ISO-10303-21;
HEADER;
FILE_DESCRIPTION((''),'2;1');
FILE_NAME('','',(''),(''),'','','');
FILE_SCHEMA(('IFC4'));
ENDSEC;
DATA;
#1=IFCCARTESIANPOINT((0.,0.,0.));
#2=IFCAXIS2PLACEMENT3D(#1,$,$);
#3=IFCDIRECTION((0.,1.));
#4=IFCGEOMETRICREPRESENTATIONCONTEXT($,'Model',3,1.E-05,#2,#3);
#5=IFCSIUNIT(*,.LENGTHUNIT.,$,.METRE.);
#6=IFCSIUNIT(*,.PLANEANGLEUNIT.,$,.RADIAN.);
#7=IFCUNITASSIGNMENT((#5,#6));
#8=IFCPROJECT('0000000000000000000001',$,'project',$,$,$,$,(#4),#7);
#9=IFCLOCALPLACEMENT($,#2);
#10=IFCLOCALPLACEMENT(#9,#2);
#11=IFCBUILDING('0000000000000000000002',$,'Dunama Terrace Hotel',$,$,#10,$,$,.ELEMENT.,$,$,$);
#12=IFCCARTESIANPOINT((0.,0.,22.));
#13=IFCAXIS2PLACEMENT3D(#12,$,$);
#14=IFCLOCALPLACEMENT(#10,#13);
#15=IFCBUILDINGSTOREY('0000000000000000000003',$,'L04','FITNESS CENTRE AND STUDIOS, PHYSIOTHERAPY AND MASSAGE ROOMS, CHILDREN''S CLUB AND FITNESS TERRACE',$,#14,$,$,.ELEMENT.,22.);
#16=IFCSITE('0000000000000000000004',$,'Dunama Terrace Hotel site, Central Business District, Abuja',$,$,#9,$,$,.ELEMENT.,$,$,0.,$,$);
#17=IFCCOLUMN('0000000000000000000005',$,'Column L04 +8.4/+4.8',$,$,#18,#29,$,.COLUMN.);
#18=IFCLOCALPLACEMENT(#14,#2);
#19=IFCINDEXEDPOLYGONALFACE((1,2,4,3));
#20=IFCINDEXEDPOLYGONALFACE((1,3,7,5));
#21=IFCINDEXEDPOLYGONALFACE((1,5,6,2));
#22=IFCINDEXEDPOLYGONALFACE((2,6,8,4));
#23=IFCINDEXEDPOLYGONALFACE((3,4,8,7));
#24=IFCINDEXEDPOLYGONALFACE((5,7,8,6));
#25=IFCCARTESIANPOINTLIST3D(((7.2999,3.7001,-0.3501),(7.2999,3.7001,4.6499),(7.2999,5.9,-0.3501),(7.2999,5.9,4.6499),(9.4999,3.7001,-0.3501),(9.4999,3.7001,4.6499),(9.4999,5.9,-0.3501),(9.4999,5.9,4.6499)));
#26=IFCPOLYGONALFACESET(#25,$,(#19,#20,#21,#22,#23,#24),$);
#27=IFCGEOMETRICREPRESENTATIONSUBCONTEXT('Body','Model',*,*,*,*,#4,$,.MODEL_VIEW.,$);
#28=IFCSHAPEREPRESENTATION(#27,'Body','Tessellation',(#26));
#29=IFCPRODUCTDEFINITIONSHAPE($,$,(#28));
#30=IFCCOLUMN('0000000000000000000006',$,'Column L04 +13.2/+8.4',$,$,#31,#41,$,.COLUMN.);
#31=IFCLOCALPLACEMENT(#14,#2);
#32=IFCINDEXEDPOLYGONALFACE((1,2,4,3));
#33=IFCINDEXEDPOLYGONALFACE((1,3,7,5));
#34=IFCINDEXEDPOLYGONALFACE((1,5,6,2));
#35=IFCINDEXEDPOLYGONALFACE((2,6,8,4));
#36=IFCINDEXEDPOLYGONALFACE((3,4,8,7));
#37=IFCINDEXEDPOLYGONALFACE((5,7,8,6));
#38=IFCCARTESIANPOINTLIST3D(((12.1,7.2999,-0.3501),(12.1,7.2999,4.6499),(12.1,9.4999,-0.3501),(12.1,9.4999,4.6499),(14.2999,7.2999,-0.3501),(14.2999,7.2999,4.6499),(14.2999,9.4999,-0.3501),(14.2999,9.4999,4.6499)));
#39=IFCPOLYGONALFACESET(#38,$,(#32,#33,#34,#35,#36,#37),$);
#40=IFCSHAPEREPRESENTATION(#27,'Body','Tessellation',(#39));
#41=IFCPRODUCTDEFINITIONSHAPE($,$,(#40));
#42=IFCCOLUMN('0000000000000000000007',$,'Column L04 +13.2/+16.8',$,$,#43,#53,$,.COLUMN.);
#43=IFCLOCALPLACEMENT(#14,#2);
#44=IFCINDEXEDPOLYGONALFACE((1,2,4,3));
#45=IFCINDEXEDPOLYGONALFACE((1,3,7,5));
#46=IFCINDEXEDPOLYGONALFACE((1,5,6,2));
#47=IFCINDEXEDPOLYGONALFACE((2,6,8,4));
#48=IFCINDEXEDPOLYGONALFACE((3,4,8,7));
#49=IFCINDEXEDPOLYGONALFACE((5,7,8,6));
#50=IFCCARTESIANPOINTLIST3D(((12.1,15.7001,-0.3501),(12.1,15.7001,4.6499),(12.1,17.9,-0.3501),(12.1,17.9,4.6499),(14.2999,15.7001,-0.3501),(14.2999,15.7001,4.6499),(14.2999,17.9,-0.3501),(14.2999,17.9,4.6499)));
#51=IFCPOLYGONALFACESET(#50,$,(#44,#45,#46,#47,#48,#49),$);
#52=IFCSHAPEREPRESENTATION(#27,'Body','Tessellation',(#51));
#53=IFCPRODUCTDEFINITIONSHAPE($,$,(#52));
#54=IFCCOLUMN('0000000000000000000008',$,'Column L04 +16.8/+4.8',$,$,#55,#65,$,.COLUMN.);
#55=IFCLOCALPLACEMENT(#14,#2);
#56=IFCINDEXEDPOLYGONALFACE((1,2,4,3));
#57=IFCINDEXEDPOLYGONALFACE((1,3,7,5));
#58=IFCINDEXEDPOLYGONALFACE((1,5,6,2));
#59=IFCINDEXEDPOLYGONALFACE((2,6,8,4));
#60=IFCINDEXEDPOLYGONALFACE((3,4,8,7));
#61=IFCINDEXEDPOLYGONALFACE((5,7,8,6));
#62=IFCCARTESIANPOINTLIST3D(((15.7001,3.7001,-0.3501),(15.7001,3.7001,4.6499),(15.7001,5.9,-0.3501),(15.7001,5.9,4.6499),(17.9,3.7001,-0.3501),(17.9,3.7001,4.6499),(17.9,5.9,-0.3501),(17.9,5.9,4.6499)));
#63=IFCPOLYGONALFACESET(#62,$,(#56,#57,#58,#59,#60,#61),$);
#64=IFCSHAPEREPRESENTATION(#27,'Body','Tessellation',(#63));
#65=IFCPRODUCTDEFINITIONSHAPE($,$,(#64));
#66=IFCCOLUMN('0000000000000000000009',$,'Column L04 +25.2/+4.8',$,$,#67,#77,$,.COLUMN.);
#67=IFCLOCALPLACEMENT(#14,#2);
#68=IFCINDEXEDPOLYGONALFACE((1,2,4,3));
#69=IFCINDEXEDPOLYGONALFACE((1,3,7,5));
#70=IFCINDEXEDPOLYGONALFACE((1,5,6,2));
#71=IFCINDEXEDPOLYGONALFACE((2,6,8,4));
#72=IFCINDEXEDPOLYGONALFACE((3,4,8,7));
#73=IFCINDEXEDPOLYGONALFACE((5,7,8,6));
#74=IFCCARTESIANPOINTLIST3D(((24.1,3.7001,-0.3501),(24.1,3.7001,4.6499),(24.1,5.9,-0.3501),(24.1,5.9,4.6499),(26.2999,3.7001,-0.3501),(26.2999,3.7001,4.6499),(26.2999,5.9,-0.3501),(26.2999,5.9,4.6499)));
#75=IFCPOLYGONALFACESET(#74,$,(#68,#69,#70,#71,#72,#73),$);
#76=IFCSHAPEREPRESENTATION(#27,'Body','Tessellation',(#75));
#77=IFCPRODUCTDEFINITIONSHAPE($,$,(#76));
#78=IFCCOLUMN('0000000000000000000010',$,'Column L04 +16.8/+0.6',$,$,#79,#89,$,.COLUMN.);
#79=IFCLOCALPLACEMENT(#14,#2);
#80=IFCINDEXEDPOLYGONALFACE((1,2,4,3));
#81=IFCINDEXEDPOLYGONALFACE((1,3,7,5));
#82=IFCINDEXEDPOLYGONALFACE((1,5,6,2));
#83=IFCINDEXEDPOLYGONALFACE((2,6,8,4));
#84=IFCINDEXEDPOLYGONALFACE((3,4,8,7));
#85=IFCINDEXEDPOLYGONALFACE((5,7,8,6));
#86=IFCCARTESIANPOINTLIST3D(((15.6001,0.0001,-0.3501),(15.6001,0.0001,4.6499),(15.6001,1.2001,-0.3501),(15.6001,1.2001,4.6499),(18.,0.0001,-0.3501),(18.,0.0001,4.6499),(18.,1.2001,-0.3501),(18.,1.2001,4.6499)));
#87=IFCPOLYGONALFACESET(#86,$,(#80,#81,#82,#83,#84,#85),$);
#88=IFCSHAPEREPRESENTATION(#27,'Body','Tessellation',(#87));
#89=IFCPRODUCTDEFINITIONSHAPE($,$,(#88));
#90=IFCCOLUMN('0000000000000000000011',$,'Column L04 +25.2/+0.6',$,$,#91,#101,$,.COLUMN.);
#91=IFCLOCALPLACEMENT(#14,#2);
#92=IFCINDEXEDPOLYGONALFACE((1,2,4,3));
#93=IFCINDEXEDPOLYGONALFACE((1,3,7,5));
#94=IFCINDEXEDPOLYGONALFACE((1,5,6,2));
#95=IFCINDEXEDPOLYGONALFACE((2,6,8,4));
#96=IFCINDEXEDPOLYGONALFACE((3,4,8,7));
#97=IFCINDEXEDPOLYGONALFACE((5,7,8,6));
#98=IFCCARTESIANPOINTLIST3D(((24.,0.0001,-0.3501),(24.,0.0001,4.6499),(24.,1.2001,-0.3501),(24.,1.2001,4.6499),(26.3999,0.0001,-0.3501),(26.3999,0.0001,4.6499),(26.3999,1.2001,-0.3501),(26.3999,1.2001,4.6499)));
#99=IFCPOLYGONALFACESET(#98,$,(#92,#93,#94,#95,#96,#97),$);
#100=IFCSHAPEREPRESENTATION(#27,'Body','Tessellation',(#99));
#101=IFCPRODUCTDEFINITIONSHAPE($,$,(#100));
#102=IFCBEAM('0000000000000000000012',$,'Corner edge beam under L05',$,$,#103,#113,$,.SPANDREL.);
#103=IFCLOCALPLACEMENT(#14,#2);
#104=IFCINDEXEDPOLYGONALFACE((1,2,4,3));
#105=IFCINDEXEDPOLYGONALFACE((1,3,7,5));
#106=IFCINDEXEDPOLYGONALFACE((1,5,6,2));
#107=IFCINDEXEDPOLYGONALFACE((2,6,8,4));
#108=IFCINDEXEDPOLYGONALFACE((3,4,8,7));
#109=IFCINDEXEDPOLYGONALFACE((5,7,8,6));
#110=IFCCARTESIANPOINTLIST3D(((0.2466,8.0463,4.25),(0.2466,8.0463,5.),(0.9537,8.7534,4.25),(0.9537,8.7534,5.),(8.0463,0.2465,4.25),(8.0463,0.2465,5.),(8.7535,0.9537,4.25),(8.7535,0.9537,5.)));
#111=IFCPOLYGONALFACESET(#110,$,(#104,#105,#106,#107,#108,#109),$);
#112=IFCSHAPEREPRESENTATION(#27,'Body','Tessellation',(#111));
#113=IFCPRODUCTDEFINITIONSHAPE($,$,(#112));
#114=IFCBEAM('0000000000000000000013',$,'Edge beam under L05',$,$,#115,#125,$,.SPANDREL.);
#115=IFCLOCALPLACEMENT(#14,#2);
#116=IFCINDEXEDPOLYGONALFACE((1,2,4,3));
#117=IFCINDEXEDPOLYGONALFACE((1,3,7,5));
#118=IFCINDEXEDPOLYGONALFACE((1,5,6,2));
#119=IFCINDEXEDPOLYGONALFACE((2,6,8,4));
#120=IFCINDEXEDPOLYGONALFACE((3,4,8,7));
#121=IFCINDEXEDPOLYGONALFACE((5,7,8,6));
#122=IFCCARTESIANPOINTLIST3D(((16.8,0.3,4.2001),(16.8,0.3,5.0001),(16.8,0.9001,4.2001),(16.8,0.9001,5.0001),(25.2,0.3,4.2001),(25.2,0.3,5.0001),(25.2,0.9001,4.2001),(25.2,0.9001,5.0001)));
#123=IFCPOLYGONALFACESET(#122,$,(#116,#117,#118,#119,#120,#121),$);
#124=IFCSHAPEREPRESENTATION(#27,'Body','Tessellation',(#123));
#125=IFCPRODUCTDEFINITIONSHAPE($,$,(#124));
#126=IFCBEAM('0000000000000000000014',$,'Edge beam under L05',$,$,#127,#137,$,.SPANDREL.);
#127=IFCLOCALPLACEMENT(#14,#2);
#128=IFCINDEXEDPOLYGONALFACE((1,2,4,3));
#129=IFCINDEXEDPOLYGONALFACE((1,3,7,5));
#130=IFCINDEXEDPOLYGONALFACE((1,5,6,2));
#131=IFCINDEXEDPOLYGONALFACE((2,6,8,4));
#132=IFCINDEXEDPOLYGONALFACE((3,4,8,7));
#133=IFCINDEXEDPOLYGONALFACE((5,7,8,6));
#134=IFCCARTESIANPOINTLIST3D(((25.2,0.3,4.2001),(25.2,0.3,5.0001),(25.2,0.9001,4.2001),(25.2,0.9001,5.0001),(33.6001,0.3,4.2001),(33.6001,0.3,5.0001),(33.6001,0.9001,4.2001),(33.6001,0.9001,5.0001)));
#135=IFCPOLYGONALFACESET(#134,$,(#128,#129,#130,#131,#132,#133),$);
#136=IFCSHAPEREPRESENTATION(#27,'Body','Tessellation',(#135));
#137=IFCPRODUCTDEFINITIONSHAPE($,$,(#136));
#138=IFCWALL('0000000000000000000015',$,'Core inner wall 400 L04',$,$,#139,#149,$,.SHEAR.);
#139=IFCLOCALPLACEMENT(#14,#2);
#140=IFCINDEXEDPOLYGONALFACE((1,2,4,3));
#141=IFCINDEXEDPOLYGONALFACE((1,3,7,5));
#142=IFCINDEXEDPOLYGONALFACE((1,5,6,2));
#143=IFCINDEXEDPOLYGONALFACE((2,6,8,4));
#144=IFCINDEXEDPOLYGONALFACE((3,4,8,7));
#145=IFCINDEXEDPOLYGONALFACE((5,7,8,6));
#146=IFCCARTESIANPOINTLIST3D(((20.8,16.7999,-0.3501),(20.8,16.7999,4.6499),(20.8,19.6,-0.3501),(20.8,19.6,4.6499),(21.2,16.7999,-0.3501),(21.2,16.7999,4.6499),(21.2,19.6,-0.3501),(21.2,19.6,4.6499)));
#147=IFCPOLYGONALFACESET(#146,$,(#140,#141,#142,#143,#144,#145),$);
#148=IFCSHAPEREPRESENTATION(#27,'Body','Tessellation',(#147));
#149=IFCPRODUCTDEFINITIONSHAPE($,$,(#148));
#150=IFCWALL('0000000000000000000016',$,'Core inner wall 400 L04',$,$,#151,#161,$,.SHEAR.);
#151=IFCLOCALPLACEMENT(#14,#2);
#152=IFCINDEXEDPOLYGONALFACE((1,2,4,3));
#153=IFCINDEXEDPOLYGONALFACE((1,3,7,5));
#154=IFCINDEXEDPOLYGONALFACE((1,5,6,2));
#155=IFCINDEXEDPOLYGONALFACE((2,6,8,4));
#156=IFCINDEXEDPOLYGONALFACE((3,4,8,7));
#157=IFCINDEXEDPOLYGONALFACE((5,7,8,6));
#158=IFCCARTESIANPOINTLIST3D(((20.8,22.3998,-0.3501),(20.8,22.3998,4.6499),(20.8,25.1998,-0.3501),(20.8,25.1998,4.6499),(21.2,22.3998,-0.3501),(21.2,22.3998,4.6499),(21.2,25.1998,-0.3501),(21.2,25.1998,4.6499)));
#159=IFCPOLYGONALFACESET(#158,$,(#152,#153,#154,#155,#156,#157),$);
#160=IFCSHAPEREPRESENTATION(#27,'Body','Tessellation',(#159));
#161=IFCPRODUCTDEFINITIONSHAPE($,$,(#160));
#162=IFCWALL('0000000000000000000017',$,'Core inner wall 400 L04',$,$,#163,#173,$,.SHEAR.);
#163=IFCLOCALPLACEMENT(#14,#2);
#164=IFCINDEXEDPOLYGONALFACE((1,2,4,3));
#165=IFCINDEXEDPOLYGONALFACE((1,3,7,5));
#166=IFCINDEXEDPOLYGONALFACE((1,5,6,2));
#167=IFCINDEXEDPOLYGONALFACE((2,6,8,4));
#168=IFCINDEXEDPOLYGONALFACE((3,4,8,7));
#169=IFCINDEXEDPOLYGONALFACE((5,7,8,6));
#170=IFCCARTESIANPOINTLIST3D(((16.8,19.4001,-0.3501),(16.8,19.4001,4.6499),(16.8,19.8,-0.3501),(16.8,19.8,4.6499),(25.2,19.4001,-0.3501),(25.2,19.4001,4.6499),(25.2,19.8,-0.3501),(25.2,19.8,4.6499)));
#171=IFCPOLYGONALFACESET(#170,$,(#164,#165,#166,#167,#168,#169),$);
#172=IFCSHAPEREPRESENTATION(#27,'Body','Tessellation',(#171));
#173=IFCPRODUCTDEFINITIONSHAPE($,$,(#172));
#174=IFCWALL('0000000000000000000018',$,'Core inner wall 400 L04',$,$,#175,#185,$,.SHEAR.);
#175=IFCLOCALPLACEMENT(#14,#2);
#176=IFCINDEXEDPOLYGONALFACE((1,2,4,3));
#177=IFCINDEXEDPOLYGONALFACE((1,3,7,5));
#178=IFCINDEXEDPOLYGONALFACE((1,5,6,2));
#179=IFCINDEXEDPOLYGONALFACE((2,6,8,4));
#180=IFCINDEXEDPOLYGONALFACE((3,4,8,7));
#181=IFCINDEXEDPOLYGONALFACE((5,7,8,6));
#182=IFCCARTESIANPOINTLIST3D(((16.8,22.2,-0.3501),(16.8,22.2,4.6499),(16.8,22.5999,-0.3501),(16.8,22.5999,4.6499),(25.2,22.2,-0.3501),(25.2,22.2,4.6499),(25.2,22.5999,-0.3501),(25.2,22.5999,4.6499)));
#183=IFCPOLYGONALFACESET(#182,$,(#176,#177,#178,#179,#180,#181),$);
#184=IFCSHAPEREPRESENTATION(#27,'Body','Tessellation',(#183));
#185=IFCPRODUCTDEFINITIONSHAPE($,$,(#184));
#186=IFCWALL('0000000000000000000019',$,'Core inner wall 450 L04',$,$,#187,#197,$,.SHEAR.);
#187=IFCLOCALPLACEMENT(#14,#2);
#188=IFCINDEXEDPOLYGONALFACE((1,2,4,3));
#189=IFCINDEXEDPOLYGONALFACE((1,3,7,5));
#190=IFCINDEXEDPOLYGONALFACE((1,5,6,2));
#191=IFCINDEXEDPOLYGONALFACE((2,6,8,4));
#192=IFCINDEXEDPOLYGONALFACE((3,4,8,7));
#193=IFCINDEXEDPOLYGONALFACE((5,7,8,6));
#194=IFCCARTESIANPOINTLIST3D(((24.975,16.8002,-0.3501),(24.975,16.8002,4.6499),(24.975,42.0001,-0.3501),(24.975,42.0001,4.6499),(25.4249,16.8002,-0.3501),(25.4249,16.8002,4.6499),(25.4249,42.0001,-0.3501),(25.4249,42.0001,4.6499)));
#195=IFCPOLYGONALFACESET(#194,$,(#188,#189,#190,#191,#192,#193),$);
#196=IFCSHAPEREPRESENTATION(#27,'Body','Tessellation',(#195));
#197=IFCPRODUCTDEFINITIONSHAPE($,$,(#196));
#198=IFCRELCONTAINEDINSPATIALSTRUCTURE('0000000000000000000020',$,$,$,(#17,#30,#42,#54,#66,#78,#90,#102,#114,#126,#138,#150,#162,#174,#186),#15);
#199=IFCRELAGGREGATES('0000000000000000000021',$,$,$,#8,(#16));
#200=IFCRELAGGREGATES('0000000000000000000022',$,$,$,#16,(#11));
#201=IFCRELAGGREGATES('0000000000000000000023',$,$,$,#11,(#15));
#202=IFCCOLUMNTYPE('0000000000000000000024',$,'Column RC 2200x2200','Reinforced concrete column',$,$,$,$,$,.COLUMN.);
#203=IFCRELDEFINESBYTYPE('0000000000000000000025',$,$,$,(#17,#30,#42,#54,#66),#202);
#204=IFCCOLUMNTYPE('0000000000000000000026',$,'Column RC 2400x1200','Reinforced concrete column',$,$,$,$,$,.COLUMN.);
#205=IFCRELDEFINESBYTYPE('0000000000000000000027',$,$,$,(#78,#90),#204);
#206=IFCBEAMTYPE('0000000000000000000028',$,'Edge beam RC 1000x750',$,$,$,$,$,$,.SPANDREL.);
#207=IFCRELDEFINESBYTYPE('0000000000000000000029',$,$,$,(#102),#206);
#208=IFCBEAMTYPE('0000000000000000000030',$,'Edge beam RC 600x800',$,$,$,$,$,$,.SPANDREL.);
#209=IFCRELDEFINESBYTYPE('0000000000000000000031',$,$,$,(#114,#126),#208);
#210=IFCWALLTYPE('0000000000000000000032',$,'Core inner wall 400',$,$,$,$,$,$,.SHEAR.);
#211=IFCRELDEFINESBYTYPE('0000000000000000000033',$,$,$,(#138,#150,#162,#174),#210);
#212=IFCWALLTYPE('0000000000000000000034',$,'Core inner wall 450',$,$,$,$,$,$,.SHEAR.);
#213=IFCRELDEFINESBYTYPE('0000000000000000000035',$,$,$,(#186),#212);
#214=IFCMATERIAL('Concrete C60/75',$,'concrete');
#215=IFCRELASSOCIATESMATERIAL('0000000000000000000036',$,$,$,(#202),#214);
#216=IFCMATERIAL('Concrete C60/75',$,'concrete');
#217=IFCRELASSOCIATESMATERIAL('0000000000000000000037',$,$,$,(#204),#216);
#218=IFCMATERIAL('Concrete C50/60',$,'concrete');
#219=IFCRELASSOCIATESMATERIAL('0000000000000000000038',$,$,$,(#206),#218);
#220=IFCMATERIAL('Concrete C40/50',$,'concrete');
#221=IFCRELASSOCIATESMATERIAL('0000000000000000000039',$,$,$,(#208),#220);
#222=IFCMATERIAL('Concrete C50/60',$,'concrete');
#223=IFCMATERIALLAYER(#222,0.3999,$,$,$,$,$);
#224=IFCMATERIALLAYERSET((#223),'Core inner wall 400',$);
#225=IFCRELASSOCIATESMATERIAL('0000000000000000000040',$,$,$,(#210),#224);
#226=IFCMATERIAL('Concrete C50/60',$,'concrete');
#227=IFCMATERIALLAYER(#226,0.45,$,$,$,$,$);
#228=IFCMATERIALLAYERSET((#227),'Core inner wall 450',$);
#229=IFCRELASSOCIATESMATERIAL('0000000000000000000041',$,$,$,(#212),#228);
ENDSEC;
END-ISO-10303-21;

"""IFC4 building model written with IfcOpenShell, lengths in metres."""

from ifc_helpers import new_model, si_unit, direction, frame, frame_2d, origin, origin_2d, place, context, subcontext, project, spatial, rectangle, extrude, material, layer, layer_set, material_profile, profile_set, type_object, element, save


model = new_model("IFC4")

# Units and contexts
model_context = context("Model", 3, precision=1e-05, world=origin(), true_north=direction((0.0, 1.0)))
body_context = subcontext(model_context, "Body", "Model", "MODEL_VIEW")
ifc_project = project(units=[si_unit("LENGTHUNIT", "METRE"), si_unit("PLANEANGLEUNIT", "RADIAN")], contexts=[model_context])

# Site, building, storey
site_placement = place(None, origin())
site = spatial("IfcSite", under=ifc_project, at=site_placement, Name="Dunama Terrace Hotel site, Central Business District, Abuja", CompositionType="ELEMENT", RefElevation=0.0)
building_placement = place(site_placement, origin())
building = spatial("IfcBuilding", under=site, at=building_placement, Name="Dunama Terrace Hotel", CompositionType="ELEMENT")
storey_placement = place(building_placement, frame((0.0, 0.0, 22.0)))
storey = spatial("IfcBuildingStorey", under=building, at=storey_placement, Name="L04", Description="FITNESS CENTRE AND STUDIOS, PHYSIOTHERAPY AND MASSAGE ROOMS, CHILDREN'S CLUB AND FITNESS TERRACE", CompositionType="ELEMENT", Elevation=22.0)

# Columns
ifc_material_1 = material(Name="Concrete C60/75", Category="concrete")
ifc_material_profile_1 = material_profile(ifc_material_1, rectangle(XDim=2.2, YDim=2.2, at=origin_2d()), Name="RC 2200x2200")
ifc_profile_set_1 = profile_set([ifc_material_profile_1], Name="Concrete C60/75")
column_type_1 = type_object("IfcColumnType", Name="Column RC 2200x2200", Description="Reinforced concrete column", PredefinedType="COLUMN", material=ifc_profile_set_1)
for number, where, z_axis, x_axis, name in (
    (1, (8.3999, 4.8, -0.3501), (0.0, 0.0, 1.0), (1.0, 0.0, 0.0), "Column L04 +8.4/+4.8"),
    (2, (13.2, 8.3999, -0.3501), (0.0, 0.0, 1.0), (1.0, 0.0, 0.0), "Column L04 +13.2/+8.4"),
    (3, (13.2, 16.8, -0.3501), (0.0, 0.0, 1.0), (1.0, 0.0, 0.0), "Column L04 +13.2/+16.8"),
    (4, (16.8, 4.8, -0.3501), (0.0, 0.0, 1.0), (1.0, 0.0, 0.0), "Column L04 +16.8/+4.8"),
    (5, (25.2, 4.8, -0.3501), (0.0, 0.0, 1.0), (1.0, 0.0, 0.0), "Column L04 +25.2/+4.8"),
):
    element("IfcColumn", number, at=place(storey_placement, frame(where, z_axis=z_axis, x_axis=x_axis)), inside=storey, type_object=column_type_1, Name=name, PredefinedType="COLUMN", context=body_context, shape_type="SweptSolid", body=[
        extrude(rectangle(XDim=2.2, YDim=2.2, at=origin_2d()), origin(), (0.0, 0.0, 1.0), 5.0),
    ])
ifc_material_2 = material(Name="Concrete C60/75", Category="concrete")
ifc_material_profile_2 = material_profile(ifc_material_2, rectangle(XDim=2.3999, YDim=1.2, at=origin_2d()), Name="RC 2400x1200")
ifc_profile_set_2 = profile_set([ifc_material_profile_2], Name="Concrete C60/75")
column_type_2 = type_object("IfcColumnType", Name="Column RC 2400x1200", Description="Reinforced concrete column", PredefinedType="COLUMN", material=ifc_profile_set_2)
for number, where, z_axis, x_axis, name in (
    (6, (16.8, 0.6001, -0.3501), (0.0, 0.0, 1.0), (1.0, 0.0, 0.0), "Column L04 +16.8/+0.6"),
    (7, (25.2, 0.6001, -0.3501), (0.0, 0.0, 1.0), (1.0, 0.0, 0.0), "Column L04 +25.2/+0.6"),
):
    element("IfcColumn", number, at=place(storey_placement, frame(where, z_axis=z_axis, x_axis=x_axis)), inside=storey, type_object=column_type_2, Name=name, PredefinedType="COLUMN", context=body_context, shape_type="SweptSolid", body=[
        extrude(rectangle(XDim=2.3999, YDim=1.2, at=origin_2d()), origin(), (0.0, 0.0, 1.0), 5.0),
    ])

# Beams
ifc_material_3 = material(Name="Concrete C50/60", Category="concrete")
ifc_material_profile_3 = material_profile(ifc_material_3, rectangle(XDim=1.0, YDim=0.75, at=origin_2d()), Name="RC 1000x750")
ifc_profile_set_3 = profile_set([ifc_material_profile_3], Name="Concrete C50/60")
beam_type_1 = type_object("IfcBeamType", Name="Edge beam RC 1000x750", PredefinedType="SPANDREL", material=ifc_profile_set_3)
beam_1_placement = place(storey_placement, frame((8.3999, 0.6001, 4.625), z_axis=(-0.707107, 0.707107, 0.0), x_axis=(-0.707107, -0.707107, 0.0)))
element("IfcBeam", 8, at=beam_1_placement, inside=storey, type_object=beam_type_1, Name="Corner edge beam under L05", PredefinedType="SPANDREL", context=body_context, shape_type="SweptSolid", body=[
    extrude(rectangle(XDim=1.0, YDim=0.75, at=origin_2d()), origin(), (0.0, 0.0, 1.0), 11.0305),
])
ifc_material_4 = material(Name="Concrete C40/50", Category="concrete")
ifc_material_profile_4 = material_profile(ifc_material_4, rectangle(XDim=0.6001, YDim=0.8, at=origin_2d()), Name="RC 600x800")
ifc_profile_set_4 = profile_set([ifc_material_profile_4], Name="Concrete C40/50")
beam_type_2 = type_object("IfcBeamType", Name="Edge beam RC 600x800", PredefinedType="SPANDREL", material=ifc_profile_set_4)
beam_2_placement = place(storey_placement, frame((16.8, 0.6001, 4.6001), z_axis=(1.0, 0.0, 0.0), x_axis=(0.0, 1.0, 0.0)))
element("IfcBeam", 9, at=beam_2_placement, inside=storey, type_object=beam_type_2, Name="Edge beam under L05", PredefinedType="SPANDREL", context=body_context, shape_type="SweptSolid", body=[
    extrude(rectangle(XDim=0.6001, YDim=0.8, at=origin_2d()), origin(), (0.0, 0.0, 1.0), 8.3999),
])
beam_3_placement = place(storey_placement, frame((25.2, 0.6001, 4.6001), z_axis=(1.0, 0.0, 0.0), x_axis=(0.0, 1.0, 0.0)))
element("IfcBeam", 10, at=beam_3_placement, inside=storey, type_object=beam_type_2, Name="Edge beam under L05", PredefinedType="SPANDREL", context=body_context, shape_type="SweptSolid", body=[
    extrude(rectangle(XDim=0.6001, YDim=0.8, at=origin_2d()), origin(), (0.0, 0.0, 1.0), 8.4001),
])

# Walls
ifc_material_5 = material(Name="Concrete C50/60", Category="concrete")
ifc_layer_1 = layer(ifc_material_5, 0.3999)
ifc_layer_set_1 = layer_set([ifc_layer_1], Name="Core inner wall 400")
wall_type_1 = type_object("IfcWallType", Name="Core inner wall 400", PredefinedType="SHEAR", material=ifc_layer_set_1)
for number, where, z_axis, x_axis, name in (
    (11, (21.0, 16.8, -0.3501), (0.0, 0.0, 1.0), (0.0, 1.0, 0.0), "Core inner wall 400 L04"),
    (12, (21.0, 22.3999, -0.3501), (0.0, 0.0, 1.0), (0.0, 1.0, 0.0), "Core inner wall 400 L04"),
):
    element("IfcWall", number, at=place(storey_placement, frame(where, z_axis=z_axis, x_axis=x_axis)), inside=storey, type_object=wall_type_1, Name=name, PredefinedType="SHEAR", context=body_context, shape_type="SweptSolid", body=[
        extrude(rectangle(XDim=2.8, YDim=0.3999, at=frame_2d((1.3999, 0.0))), origin(), (0.0, 0.0, 1.0), 5.0),
    ])
for number, where, z_axis, x_axis, name in (
    (13, (16.8, 19.6001, -0.3501), (0.0, 0.0, 1.0), (1.0, 0.0, 0.0), "Core inner wall 400 L04"),
    (14, (16.8, 22.3999, -0.3501), (0.0, 0.0, 1.0), (1.0, 0.0, 0.0), "Core inner wall 400 L04"),
):
    element("IfcWall", number, at=place(storey_placement, frame(where, z_axis=z_axis, x_axis=x_axis)), inside=storey, type_object=wall_type_1, Name=name, PredefinedType="SHEAR", context=body_context, shape_type="SweptSolid", body=[
        extrude(rectangle(XDim=8.3999, YDim=0.3999, at=frame_2d((4.2, 0.0))), origin(), (0.0, 0.0, 1.0), 5.0),
    ])
ifc_material_6 = material(Name="Concrete C50/60", Category="concrete")
ifc_layer_2 = layer(ifc_material_6, 0.45)
ifc_layer_set_2 = layer_set([ifc_layer_2], Name="Core inner wall 450")
wall_type_2 = type_object("IfcWallType", Name="Core inner wall 450", PredefinedType="SHEAR", material=ifc_layer_set_2)
wall_1_placement = place(storey_placement, frame((25.2, 16.8, -0.3501), z_axis=(0.0, 0.0, 1.0), x_axis=(0.0, 1.0, 0.0)))
element("IfcWall", 15, at=wall_1_placement, inside=storey, type_object=wall_type_2, Name="Core inner wall 450 L04", PredefinedType="SHEAR", context=body_context, shape_type="SweptSolid", body=[
    extrude(rectangle(XDim=25.2, YDim=0.45, at=frame_2d((12.6001, 0.0))), origin(), (0.0, 0.0, 1.0), 5.0),
])

save(model, "model.ifc")
